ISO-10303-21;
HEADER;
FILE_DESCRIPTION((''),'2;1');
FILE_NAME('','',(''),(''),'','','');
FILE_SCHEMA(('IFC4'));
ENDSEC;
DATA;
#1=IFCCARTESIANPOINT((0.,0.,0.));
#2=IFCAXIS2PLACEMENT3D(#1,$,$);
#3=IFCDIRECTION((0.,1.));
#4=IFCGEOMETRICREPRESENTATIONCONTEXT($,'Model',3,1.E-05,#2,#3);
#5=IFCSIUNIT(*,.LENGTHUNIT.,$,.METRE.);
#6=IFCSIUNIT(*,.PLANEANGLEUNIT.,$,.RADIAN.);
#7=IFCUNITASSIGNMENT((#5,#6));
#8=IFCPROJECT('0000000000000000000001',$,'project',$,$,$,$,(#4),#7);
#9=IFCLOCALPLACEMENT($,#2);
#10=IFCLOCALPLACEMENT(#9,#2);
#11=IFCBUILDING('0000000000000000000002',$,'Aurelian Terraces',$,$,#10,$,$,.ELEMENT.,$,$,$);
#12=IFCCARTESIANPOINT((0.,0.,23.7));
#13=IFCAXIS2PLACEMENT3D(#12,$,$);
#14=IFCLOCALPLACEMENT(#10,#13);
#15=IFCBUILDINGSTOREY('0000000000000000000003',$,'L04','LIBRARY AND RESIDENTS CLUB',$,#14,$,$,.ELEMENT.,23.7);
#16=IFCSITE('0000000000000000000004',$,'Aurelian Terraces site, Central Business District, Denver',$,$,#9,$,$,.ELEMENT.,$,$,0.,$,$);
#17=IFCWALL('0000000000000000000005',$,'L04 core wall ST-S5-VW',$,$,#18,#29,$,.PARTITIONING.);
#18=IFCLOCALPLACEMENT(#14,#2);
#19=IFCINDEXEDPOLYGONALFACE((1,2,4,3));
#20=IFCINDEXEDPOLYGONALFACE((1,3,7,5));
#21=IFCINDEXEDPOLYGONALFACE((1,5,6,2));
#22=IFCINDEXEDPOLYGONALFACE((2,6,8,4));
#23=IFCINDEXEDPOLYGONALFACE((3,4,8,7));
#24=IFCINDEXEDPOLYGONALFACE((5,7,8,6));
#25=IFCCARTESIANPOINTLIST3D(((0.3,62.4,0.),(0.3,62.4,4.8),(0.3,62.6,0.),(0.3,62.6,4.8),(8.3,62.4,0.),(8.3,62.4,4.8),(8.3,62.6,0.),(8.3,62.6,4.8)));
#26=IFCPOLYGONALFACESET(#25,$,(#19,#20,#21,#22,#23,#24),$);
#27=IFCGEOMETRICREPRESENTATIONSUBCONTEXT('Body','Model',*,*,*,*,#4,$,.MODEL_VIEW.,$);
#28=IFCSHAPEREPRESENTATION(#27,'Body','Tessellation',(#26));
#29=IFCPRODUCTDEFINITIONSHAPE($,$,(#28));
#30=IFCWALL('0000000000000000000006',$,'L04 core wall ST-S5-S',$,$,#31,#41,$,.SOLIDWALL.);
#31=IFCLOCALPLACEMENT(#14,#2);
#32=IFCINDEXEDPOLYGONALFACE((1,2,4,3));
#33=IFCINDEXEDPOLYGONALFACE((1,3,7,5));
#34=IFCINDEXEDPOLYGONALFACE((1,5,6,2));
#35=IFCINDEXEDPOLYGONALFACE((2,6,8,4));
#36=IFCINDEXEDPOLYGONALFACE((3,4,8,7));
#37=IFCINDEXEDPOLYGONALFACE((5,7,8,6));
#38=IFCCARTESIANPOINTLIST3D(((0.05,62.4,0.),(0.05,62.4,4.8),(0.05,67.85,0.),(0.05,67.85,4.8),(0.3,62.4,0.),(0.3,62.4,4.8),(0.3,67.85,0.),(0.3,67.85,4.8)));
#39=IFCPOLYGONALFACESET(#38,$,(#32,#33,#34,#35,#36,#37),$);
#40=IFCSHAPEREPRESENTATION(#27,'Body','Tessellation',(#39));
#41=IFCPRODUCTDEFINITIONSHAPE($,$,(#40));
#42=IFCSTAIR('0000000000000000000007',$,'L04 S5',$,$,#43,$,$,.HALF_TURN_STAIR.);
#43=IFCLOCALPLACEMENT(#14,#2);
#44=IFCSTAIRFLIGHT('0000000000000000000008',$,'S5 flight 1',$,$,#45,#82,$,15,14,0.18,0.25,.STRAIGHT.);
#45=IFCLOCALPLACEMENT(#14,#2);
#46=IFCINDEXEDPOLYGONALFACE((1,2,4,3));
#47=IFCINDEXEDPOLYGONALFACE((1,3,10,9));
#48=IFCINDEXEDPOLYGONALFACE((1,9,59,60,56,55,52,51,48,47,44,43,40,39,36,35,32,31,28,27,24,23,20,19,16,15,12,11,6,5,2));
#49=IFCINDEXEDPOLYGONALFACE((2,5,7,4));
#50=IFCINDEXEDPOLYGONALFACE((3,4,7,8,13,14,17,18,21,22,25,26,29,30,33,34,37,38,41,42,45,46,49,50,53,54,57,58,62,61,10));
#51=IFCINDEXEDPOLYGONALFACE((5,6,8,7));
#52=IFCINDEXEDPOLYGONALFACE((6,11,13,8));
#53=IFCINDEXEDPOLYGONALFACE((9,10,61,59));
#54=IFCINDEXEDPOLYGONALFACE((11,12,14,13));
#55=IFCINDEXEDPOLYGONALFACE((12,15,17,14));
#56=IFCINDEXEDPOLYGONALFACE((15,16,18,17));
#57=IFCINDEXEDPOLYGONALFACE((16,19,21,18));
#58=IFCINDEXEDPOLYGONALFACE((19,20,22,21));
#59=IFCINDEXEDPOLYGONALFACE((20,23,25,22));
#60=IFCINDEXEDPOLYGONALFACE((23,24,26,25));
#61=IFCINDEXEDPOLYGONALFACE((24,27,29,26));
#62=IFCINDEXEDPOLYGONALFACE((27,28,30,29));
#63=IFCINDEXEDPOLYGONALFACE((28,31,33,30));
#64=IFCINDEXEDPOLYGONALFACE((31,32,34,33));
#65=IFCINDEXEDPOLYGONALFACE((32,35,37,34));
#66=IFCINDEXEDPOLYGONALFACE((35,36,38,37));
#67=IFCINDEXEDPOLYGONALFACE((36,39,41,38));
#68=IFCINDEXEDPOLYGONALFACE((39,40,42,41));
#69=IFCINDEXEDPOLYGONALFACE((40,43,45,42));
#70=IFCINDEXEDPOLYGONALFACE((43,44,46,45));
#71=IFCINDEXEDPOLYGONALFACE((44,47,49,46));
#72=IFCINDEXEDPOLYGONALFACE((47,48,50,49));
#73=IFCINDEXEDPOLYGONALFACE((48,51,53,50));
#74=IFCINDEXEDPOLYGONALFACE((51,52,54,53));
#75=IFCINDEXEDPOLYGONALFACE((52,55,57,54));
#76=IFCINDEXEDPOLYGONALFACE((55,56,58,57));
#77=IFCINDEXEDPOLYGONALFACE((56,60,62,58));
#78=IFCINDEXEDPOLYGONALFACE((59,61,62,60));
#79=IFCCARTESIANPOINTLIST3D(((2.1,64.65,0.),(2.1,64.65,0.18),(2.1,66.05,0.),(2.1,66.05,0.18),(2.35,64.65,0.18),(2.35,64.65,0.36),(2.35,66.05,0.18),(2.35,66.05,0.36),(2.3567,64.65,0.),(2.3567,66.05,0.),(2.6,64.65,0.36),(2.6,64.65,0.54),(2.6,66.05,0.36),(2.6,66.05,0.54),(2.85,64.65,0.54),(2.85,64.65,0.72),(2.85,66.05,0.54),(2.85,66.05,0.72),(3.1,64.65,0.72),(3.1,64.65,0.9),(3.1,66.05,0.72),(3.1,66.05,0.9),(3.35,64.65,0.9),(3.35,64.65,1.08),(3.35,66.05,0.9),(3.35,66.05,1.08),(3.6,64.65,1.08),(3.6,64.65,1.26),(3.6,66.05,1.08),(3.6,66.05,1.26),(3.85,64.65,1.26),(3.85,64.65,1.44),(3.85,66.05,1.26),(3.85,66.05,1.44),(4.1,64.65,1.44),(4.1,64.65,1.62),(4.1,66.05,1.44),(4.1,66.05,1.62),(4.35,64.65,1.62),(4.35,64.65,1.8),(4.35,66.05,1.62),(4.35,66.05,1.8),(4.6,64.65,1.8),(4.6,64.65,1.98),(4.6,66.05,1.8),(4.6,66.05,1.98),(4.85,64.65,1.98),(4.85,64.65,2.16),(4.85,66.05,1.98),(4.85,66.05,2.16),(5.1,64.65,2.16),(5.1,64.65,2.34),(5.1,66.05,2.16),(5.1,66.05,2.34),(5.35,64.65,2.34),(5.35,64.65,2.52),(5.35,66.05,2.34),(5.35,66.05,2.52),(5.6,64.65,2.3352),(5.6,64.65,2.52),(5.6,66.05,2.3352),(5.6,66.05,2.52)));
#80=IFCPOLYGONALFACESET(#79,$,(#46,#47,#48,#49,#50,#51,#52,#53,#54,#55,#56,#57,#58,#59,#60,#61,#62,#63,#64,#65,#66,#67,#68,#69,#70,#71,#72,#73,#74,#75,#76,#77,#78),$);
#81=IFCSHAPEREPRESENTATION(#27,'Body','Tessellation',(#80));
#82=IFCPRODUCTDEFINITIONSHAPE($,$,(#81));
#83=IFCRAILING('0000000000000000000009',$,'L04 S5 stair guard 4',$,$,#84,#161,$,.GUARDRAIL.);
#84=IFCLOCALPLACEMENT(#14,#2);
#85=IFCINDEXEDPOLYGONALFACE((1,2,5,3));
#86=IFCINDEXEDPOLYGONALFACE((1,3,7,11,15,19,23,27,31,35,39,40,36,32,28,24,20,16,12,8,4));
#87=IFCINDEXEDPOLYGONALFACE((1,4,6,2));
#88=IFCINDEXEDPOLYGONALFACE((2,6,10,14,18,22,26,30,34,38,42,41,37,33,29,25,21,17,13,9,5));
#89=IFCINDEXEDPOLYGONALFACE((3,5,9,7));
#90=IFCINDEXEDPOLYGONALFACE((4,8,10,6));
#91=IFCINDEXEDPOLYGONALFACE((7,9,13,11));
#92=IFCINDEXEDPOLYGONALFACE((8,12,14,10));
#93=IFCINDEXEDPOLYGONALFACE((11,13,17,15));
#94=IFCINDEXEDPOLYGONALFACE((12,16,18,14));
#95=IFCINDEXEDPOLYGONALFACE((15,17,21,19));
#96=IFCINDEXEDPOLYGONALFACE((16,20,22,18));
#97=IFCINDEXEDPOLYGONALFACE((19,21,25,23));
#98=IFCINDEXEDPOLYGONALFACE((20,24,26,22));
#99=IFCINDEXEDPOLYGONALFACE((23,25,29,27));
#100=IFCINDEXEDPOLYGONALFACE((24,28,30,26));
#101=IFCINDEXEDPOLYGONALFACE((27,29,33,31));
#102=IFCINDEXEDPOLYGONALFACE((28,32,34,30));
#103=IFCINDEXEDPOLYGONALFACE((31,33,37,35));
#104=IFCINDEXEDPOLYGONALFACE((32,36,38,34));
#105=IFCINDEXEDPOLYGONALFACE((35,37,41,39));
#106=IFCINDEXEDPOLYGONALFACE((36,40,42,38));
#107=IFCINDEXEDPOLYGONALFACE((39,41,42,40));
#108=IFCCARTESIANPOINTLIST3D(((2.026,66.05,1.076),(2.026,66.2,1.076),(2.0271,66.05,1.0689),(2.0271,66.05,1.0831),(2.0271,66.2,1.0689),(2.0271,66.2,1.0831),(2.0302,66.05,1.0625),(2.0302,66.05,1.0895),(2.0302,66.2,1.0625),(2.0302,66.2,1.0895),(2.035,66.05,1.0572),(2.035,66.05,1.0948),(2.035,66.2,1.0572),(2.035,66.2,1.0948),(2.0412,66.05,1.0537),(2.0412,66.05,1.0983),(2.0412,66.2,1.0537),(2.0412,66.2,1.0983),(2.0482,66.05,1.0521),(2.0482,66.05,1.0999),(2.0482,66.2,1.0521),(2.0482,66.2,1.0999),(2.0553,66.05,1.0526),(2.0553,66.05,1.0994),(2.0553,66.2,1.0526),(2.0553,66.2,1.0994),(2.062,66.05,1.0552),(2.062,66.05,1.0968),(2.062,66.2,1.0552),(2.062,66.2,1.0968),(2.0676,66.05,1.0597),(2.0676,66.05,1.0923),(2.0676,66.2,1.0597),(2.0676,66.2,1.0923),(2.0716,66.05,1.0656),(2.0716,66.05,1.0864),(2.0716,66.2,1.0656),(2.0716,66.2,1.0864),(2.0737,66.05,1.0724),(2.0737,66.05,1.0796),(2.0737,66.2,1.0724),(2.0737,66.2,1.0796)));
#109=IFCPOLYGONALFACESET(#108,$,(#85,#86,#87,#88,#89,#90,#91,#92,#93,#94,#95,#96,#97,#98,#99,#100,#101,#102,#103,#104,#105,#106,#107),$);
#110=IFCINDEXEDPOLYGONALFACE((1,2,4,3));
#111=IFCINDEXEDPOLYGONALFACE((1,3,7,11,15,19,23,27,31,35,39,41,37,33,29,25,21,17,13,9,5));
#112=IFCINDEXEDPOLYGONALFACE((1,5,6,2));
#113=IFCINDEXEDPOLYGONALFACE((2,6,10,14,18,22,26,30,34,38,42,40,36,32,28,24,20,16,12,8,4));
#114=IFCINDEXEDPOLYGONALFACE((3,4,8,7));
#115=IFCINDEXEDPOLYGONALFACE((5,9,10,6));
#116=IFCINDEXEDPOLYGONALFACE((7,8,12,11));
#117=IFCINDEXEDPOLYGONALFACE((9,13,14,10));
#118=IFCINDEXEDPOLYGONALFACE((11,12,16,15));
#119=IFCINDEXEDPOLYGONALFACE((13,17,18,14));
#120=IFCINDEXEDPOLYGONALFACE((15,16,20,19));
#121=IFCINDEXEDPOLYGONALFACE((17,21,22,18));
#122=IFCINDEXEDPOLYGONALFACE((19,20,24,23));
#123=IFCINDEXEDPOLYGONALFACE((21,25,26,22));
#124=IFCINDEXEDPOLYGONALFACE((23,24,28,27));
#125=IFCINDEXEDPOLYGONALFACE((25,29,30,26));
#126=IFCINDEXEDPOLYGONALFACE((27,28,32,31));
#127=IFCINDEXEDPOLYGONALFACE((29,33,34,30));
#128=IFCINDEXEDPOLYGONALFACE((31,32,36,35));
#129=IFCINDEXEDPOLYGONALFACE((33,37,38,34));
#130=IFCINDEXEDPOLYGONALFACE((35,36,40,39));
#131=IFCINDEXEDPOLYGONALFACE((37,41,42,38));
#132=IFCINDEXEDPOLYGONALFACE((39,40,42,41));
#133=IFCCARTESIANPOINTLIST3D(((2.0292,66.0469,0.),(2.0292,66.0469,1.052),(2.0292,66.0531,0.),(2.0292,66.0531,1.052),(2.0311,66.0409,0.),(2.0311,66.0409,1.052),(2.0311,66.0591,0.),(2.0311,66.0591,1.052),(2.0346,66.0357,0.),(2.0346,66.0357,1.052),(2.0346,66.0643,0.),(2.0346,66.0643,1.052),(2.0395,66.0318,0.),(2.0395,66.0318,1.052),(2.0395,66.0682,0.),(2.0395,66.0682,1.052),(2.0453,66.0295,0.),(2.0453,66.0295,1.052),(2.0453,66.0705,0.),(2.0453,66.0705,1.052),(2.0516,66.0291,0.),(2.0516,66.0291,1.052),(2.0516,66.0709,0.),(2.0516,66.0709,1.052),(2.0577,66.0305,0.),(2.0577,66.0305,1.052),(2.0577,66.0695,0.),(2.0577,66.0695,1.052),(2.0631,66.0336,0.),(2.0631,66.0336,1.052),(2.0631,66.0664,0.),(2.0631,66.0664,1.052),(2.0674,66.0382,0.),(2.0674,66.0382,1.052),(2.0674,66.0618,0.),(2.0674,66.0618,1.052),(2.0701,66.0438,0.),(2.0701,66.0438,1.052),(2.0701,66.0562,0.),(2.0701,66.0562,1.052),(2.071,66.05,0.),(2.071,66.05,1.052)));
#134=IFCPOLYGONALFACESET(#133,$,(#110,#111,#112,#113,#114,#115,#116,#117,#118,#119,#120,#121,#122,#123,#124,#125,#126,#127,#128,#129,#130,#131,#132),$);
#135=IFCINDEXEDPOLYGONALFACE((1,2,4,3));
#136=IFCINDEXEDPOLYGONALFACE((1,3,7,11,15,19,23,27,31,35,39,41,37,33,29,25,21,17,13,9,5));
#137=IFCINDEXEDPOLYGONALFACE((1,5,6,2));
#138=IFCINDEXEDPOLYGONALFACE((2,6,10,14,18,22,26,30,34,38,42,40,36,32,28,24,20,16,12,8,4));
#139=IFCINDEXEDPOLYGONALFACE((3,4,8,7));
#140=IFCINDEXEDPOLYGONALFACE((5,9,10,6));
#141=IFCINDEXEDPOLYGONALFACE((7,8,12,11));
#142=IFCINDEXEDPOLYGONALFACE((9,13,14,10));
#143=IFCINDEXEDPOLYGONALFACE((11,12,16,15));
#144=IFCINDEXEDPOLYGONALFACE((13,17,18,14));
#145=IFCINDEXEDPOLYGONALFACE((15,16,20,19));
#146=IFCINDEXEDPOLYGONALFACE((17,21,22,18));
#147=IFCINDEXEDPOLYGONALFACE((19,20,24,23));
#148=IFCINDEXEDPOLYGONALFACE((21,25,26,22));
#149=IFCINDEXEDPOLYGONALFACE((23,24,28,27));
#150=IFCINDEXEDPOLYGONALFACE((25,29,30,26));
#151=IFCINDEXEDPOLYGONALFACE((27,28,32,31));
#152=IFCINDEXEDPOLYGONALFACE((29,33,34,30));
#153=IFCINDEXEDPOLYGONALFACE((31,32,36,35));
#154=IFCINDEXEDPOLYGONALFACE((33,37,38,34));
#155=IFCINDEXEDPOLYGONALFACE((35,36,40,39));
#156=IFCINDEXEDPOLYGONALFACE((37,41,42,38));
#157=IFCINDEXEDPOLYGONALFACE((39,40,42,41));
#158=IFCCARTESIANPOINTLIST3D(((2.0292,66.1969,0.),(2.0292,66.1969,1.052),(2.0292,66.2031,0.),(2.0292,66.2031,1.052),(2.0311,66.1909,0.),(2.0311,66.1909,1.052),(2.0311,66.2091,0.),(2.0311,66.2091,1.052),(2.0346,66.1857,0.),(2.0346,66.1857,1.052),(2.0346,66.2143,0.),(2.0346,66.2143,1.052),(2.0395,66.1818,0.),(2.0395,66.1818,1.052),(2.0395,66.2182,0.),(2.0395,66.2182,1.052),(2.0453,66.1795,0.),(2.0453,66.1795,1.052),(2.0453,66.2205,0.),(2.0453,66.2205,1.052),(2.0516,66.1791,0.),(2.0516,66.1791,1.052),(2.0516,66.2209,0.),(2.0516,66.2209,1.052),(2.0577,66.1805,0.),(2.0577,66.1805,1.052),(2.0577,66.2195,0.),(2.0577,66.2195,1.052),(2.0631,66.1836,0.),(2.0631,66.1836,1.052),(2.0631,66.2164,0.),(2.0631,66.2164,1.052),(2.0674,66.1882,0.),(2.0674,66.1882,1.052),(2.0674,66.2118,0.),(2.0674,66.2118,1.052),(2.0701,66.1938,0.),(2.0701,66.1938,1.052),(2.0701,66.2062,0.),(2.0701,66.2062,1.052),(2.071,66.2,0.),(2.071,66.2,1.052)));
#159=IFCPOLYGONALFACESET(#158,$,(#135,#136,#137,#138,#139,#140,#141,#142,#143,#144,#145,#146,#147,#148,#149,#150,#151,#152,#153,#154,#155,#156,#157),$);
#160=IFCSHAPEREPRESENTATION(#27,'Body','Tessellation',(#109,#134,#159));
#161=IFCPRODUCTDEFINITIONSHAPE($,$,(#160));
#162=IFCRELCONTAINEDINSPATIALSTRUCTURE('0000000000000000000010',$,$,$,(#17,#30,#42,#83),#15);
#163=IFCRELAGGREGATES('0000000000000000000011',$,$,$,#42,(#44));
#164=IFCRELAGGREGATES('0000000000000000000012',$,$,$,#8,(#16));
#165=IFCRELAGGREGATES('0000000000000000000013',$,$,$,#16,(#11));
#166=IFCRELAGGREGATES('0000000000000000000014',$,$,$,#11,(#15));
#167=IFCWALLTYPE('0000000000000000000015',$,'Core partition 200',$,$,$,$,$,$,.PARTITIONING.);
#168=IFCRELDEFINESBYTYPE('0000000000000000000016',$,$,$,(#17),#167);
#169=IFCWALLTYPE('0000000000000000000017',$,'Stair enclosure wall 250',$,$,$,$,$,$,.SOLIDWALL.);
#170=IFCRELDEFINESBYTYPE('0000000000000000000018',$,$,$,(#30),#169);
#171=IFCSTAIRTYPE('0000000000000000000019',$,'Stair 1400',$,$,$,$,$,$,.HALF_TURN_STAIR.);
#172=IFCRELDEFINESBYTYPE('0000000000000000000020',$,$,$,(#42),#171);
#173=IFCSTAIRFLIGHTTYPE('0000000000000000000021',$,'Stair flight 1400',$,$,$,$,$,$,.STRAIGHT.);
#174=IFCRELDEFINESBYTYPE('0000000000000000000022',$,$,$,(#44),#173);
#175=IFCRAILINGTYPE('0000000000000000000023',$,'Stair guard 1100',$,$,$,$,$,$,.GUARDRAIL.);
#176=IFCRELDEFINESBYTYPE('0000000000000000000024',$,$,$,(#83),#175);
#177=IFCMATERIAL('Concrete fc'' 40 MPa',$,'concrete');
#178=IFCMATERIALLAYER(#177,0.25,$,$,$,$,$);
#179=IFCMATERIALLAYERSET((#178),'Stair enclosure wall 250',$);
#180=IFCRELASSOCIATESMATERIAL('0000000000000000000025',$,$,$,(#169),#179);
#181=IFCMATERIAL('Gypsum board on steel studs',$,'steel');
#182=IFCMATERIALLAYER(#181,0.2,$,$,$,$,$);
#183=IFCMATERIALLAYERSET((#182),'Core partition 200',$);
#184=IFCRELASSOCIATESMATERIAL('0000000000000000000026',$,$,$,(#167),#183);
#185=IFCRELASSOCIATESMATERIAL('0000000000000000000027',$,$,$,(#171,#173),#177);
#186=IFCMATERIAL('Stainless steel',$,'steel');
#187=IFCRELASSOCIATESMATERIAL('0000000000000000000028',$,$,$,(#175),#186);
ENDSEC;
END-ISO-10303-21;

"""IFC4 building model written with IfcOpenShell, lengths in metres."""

from ifc_helpers import new_model, si_unit, direction, frame, frame_2d, origin, origin_2d, place, context, subcontext, project, spatial, polyline, rectangle, circle, outline, extrude, source, transform, mapped, material, layer, layer_set, type_object, element, aggregate, save


model = new_model("IFC4")

# Units and contexts
model_context = context("Model", 3, precision=1e-05, world=origin(), true_north=direction((0.0, 1.0)))
body_context = subcontext(model_context, "Body", "Model", "MODEL_VIEW")
ifc_project = project(units=[si_unit("LENGTHUNIT", "METRE"), si_unit("PLANEANGLEUNIT", "RADIAN")], contexts=[model_context])

# Site, building, storey
site_placement = place(None, origin())
site = spatial("IfcSite", under=ifc_project, at=site_placement, Name="Aurelian Terraces site, Central Business District, Denver", CompositionType="ELEMENT", RefElevation=0.0)
building_placement = place(site_placement, origin())
building = spatial("IfcBuilding", under=site, at=building_placement, Name="Aurelian Terraces", CompositionType="ELEMENT")
storey_placement = place(building_placement, frame((0.0, 0.0, 23.7)))
storey = spatial("IfcBuildingStorey", under=building, at=storey_placement, Name="L04", Description="LIBRARY AND RESIDENTS CLUB", CompositionType="ELEMENT", Elevation=23.7)

# Shared definitions
ifc_material_1 = material(Name="Concrete fc' 40 MPa", Category="concrete")
ifc_layer_1 = layer(ifc_material_1, 0.25)
ifc_layer_set_1 = layer_set([ifc_layer_1], Name="Stair enclosure wall 250")
wall_type_1 = type_object("IfcWallType", Name="Stair enclosure wall 250", PredefinedType="SOLIDWALL", material=ifc_layer_set_1)

# Walls
ifc_material_2 = material(Name="Gypsum board on steel studs", Category="steel")
ifc_layer_2 = layer(ifc_material_2, 0.2)
ifc_layer_set_2 = layer_set([ifc_layer_2], Name="Core partition 200")
wall_type_2 = type_object("IfcWallType", Name="Core partition 200", PredefinedType="PARTITIONING", material=ifc_layer_set_2)
shared_shape_1 = source(origin(), body_context, "Body", "SweptSolid", [
    extrude(rectangle(XDim=8.0, YDim=0.2, at=frame_2d((4.0, 0.0))), origin(), (0.0, 0.0, 1.0), 4.8),
])
wall_1_placement = place(storey_placement, frame((0.3, 62.5, 0.0), z_axis=(0.0, 0.0, 1.0), x_axis=(1.0, 0.0, 0.0)))
element("IfcWall", 1, at=wall_1_placement, inside=storey, type_object=wall_type_2, Name="L04 core wall ST-S5-VW", PredefinedType="PARTITIONING", context=body_context, shape_type="MappedRepresentation", body=[
    mapped(shared_shape_1, transform((0.0, 0.0, 0.0), scale=1.0)),
])
shared_shape_2 = source(origin(), body_context, "Body", "SweptSolid", [
    extrude(rectangle(XDim=5.45, YDim=0.25, at=frame_2d((2.725, 0.0))), origin(), (0.0, 0.0, 1.0), 4.8),
])
wall_2_placement = place(storey_placement, frame((0.175, 62.4, 0.0), z_axis=(0.0, 0.0, 1.0), x_axis=(0.0, 1.0, 0.0)))
element("IfcWall", 2, at=wall_2_placement, inside=storey, type_object=wall_type_1, Name="L04 core wall ST-S5-S", PredefinedType="SOLIDWALL", context=body_context, shape_type="MappedRepresentation", body=[
    mapped(shared_shape_2, transform((0.0, 0.0, 0.0), scale=1.0)),
])

# Stair, stair flight
stair_type = type_object("IfcStairType", Name="Stair 1400", PredefinedType="HALF_TURN_STAIR", material=ifc_material_1)
stair_placement = place(storey_placement, origin())
stair = element("IfcStair", 3, at=stair_placement, inside=storey, type_object=stair_type, Name="L04 S5", PredefinedType="HALF_TURN_STAIR")
stair_flight_type = type_object("IfcStairFlightType", Name="Stair flight 1400", PredefinedType="STRAIGHT", material=ifc_material_1)
shared_shape_3 = source(origin(), body_context, "Body", "SweptSolid", [
    extrude(outline(polyline([(0.0, 0.0), (0.0, 0.18), (0.25, 0.18), (0.25, 0.36), (0.5, 0.36), (0.5, 0.54), (0.75, 0.54), (0.75, 0.72), (1.0, 0.72), (1.0, 0.9), (1.25, 0.9), (1.25, 1.08), (1.5, 1.08), (1.5, 1.26), (1.75, 1.26), (1.75, 1.44), (2.0, 1.44), (2.0, 1.62), (2.25, 1.62), (2.25, 1.8), (2.5, 1.8), (2.5, 1.98), (2.75, 1.98), (2.75, 2.16), (3.0, 2.16), (3.0, 2.34), (3.25, 2.34), (3.25, 2.52), (3.5, 2.52), (3.5, 2.7), (3.5, 2.3352), (0.2567, 0.0), (0.0, 0.0)])), frame((0.0, 0.7, 0.0), z_axis=(0.0, -1.0, 0.0), x_axis=(1.0, 0.0, 0.0)), (0.0, 0.0, 1.0), 1.4),
])
stair_flight_placement = place(storey_placement, frame((2.1, 65.35, 0.0), z_axis=(0.0, 0.0, 1.0), x_axis=(1.0, 0.0, 0.0)))
stair_flight = element("IfcStairFlight", 4, at=stair_flight_placement, type_object=stair_flight_type, Name="S5 flight 1", NumberOfRisers=15, NumberOfTreads=14, PredefinedType="STRAIGHT", RiserHeight=0.18, TreadLength=0.25, context=body_context, shape_type="MappedRepresentation", body=[
    mapped(shared_shape_3, transform((0.0, 0.0, 0.0), scale=1.0)),
])
aggregate(stair, [stair_flight])

# Railing
ifc_material_3 = material(Name="Stainless steel", Category="steel")
railing_type_1 = type_object("IfcRailingType", Name="Stair guard 1100", PredefinedType="GUARDRAIL", material=ifc_material_3)
shared_shape_4 = source(origin(), body_context, "Body", "SweptSolid", [
    extrude(circle(Radius=0.024, at=origin_2d()), frame((0.0, 0.0, 1.076), z_axis=(0.0, 1.0, 0.0), x_axis=(-1.0, 0.0, 0.0)), (0.0, 0.0, 1.0), 0.15),
    extrude(circle(Radius=0.021, at=origin_2d()), origin(), (0.0, 0.0, 1.0), 1.052),
    extrude(circle(Radius=0.021, at=origin_2d()), frame((0.0, 0.15, 0.0)), (0.0, 0.0, 1.0), 1.052),
])
railing_1_placement = place(storey_placement, frame((2.05, 66.05, 0.0)))
element("IfcRailing", 5, at=railing_1_placement, inside=storey, type_object=railing_type_1, Name="L04 S5 stair guard 4", PredefinedType="GUARDRAIL", context=body_context, shape_type="MappedRepresentation", body=[
    mapped(shared_shape_4, transform((0.0, 0.0, 0.0), scale=1.0)),
])

save(model, "model.ifc")
